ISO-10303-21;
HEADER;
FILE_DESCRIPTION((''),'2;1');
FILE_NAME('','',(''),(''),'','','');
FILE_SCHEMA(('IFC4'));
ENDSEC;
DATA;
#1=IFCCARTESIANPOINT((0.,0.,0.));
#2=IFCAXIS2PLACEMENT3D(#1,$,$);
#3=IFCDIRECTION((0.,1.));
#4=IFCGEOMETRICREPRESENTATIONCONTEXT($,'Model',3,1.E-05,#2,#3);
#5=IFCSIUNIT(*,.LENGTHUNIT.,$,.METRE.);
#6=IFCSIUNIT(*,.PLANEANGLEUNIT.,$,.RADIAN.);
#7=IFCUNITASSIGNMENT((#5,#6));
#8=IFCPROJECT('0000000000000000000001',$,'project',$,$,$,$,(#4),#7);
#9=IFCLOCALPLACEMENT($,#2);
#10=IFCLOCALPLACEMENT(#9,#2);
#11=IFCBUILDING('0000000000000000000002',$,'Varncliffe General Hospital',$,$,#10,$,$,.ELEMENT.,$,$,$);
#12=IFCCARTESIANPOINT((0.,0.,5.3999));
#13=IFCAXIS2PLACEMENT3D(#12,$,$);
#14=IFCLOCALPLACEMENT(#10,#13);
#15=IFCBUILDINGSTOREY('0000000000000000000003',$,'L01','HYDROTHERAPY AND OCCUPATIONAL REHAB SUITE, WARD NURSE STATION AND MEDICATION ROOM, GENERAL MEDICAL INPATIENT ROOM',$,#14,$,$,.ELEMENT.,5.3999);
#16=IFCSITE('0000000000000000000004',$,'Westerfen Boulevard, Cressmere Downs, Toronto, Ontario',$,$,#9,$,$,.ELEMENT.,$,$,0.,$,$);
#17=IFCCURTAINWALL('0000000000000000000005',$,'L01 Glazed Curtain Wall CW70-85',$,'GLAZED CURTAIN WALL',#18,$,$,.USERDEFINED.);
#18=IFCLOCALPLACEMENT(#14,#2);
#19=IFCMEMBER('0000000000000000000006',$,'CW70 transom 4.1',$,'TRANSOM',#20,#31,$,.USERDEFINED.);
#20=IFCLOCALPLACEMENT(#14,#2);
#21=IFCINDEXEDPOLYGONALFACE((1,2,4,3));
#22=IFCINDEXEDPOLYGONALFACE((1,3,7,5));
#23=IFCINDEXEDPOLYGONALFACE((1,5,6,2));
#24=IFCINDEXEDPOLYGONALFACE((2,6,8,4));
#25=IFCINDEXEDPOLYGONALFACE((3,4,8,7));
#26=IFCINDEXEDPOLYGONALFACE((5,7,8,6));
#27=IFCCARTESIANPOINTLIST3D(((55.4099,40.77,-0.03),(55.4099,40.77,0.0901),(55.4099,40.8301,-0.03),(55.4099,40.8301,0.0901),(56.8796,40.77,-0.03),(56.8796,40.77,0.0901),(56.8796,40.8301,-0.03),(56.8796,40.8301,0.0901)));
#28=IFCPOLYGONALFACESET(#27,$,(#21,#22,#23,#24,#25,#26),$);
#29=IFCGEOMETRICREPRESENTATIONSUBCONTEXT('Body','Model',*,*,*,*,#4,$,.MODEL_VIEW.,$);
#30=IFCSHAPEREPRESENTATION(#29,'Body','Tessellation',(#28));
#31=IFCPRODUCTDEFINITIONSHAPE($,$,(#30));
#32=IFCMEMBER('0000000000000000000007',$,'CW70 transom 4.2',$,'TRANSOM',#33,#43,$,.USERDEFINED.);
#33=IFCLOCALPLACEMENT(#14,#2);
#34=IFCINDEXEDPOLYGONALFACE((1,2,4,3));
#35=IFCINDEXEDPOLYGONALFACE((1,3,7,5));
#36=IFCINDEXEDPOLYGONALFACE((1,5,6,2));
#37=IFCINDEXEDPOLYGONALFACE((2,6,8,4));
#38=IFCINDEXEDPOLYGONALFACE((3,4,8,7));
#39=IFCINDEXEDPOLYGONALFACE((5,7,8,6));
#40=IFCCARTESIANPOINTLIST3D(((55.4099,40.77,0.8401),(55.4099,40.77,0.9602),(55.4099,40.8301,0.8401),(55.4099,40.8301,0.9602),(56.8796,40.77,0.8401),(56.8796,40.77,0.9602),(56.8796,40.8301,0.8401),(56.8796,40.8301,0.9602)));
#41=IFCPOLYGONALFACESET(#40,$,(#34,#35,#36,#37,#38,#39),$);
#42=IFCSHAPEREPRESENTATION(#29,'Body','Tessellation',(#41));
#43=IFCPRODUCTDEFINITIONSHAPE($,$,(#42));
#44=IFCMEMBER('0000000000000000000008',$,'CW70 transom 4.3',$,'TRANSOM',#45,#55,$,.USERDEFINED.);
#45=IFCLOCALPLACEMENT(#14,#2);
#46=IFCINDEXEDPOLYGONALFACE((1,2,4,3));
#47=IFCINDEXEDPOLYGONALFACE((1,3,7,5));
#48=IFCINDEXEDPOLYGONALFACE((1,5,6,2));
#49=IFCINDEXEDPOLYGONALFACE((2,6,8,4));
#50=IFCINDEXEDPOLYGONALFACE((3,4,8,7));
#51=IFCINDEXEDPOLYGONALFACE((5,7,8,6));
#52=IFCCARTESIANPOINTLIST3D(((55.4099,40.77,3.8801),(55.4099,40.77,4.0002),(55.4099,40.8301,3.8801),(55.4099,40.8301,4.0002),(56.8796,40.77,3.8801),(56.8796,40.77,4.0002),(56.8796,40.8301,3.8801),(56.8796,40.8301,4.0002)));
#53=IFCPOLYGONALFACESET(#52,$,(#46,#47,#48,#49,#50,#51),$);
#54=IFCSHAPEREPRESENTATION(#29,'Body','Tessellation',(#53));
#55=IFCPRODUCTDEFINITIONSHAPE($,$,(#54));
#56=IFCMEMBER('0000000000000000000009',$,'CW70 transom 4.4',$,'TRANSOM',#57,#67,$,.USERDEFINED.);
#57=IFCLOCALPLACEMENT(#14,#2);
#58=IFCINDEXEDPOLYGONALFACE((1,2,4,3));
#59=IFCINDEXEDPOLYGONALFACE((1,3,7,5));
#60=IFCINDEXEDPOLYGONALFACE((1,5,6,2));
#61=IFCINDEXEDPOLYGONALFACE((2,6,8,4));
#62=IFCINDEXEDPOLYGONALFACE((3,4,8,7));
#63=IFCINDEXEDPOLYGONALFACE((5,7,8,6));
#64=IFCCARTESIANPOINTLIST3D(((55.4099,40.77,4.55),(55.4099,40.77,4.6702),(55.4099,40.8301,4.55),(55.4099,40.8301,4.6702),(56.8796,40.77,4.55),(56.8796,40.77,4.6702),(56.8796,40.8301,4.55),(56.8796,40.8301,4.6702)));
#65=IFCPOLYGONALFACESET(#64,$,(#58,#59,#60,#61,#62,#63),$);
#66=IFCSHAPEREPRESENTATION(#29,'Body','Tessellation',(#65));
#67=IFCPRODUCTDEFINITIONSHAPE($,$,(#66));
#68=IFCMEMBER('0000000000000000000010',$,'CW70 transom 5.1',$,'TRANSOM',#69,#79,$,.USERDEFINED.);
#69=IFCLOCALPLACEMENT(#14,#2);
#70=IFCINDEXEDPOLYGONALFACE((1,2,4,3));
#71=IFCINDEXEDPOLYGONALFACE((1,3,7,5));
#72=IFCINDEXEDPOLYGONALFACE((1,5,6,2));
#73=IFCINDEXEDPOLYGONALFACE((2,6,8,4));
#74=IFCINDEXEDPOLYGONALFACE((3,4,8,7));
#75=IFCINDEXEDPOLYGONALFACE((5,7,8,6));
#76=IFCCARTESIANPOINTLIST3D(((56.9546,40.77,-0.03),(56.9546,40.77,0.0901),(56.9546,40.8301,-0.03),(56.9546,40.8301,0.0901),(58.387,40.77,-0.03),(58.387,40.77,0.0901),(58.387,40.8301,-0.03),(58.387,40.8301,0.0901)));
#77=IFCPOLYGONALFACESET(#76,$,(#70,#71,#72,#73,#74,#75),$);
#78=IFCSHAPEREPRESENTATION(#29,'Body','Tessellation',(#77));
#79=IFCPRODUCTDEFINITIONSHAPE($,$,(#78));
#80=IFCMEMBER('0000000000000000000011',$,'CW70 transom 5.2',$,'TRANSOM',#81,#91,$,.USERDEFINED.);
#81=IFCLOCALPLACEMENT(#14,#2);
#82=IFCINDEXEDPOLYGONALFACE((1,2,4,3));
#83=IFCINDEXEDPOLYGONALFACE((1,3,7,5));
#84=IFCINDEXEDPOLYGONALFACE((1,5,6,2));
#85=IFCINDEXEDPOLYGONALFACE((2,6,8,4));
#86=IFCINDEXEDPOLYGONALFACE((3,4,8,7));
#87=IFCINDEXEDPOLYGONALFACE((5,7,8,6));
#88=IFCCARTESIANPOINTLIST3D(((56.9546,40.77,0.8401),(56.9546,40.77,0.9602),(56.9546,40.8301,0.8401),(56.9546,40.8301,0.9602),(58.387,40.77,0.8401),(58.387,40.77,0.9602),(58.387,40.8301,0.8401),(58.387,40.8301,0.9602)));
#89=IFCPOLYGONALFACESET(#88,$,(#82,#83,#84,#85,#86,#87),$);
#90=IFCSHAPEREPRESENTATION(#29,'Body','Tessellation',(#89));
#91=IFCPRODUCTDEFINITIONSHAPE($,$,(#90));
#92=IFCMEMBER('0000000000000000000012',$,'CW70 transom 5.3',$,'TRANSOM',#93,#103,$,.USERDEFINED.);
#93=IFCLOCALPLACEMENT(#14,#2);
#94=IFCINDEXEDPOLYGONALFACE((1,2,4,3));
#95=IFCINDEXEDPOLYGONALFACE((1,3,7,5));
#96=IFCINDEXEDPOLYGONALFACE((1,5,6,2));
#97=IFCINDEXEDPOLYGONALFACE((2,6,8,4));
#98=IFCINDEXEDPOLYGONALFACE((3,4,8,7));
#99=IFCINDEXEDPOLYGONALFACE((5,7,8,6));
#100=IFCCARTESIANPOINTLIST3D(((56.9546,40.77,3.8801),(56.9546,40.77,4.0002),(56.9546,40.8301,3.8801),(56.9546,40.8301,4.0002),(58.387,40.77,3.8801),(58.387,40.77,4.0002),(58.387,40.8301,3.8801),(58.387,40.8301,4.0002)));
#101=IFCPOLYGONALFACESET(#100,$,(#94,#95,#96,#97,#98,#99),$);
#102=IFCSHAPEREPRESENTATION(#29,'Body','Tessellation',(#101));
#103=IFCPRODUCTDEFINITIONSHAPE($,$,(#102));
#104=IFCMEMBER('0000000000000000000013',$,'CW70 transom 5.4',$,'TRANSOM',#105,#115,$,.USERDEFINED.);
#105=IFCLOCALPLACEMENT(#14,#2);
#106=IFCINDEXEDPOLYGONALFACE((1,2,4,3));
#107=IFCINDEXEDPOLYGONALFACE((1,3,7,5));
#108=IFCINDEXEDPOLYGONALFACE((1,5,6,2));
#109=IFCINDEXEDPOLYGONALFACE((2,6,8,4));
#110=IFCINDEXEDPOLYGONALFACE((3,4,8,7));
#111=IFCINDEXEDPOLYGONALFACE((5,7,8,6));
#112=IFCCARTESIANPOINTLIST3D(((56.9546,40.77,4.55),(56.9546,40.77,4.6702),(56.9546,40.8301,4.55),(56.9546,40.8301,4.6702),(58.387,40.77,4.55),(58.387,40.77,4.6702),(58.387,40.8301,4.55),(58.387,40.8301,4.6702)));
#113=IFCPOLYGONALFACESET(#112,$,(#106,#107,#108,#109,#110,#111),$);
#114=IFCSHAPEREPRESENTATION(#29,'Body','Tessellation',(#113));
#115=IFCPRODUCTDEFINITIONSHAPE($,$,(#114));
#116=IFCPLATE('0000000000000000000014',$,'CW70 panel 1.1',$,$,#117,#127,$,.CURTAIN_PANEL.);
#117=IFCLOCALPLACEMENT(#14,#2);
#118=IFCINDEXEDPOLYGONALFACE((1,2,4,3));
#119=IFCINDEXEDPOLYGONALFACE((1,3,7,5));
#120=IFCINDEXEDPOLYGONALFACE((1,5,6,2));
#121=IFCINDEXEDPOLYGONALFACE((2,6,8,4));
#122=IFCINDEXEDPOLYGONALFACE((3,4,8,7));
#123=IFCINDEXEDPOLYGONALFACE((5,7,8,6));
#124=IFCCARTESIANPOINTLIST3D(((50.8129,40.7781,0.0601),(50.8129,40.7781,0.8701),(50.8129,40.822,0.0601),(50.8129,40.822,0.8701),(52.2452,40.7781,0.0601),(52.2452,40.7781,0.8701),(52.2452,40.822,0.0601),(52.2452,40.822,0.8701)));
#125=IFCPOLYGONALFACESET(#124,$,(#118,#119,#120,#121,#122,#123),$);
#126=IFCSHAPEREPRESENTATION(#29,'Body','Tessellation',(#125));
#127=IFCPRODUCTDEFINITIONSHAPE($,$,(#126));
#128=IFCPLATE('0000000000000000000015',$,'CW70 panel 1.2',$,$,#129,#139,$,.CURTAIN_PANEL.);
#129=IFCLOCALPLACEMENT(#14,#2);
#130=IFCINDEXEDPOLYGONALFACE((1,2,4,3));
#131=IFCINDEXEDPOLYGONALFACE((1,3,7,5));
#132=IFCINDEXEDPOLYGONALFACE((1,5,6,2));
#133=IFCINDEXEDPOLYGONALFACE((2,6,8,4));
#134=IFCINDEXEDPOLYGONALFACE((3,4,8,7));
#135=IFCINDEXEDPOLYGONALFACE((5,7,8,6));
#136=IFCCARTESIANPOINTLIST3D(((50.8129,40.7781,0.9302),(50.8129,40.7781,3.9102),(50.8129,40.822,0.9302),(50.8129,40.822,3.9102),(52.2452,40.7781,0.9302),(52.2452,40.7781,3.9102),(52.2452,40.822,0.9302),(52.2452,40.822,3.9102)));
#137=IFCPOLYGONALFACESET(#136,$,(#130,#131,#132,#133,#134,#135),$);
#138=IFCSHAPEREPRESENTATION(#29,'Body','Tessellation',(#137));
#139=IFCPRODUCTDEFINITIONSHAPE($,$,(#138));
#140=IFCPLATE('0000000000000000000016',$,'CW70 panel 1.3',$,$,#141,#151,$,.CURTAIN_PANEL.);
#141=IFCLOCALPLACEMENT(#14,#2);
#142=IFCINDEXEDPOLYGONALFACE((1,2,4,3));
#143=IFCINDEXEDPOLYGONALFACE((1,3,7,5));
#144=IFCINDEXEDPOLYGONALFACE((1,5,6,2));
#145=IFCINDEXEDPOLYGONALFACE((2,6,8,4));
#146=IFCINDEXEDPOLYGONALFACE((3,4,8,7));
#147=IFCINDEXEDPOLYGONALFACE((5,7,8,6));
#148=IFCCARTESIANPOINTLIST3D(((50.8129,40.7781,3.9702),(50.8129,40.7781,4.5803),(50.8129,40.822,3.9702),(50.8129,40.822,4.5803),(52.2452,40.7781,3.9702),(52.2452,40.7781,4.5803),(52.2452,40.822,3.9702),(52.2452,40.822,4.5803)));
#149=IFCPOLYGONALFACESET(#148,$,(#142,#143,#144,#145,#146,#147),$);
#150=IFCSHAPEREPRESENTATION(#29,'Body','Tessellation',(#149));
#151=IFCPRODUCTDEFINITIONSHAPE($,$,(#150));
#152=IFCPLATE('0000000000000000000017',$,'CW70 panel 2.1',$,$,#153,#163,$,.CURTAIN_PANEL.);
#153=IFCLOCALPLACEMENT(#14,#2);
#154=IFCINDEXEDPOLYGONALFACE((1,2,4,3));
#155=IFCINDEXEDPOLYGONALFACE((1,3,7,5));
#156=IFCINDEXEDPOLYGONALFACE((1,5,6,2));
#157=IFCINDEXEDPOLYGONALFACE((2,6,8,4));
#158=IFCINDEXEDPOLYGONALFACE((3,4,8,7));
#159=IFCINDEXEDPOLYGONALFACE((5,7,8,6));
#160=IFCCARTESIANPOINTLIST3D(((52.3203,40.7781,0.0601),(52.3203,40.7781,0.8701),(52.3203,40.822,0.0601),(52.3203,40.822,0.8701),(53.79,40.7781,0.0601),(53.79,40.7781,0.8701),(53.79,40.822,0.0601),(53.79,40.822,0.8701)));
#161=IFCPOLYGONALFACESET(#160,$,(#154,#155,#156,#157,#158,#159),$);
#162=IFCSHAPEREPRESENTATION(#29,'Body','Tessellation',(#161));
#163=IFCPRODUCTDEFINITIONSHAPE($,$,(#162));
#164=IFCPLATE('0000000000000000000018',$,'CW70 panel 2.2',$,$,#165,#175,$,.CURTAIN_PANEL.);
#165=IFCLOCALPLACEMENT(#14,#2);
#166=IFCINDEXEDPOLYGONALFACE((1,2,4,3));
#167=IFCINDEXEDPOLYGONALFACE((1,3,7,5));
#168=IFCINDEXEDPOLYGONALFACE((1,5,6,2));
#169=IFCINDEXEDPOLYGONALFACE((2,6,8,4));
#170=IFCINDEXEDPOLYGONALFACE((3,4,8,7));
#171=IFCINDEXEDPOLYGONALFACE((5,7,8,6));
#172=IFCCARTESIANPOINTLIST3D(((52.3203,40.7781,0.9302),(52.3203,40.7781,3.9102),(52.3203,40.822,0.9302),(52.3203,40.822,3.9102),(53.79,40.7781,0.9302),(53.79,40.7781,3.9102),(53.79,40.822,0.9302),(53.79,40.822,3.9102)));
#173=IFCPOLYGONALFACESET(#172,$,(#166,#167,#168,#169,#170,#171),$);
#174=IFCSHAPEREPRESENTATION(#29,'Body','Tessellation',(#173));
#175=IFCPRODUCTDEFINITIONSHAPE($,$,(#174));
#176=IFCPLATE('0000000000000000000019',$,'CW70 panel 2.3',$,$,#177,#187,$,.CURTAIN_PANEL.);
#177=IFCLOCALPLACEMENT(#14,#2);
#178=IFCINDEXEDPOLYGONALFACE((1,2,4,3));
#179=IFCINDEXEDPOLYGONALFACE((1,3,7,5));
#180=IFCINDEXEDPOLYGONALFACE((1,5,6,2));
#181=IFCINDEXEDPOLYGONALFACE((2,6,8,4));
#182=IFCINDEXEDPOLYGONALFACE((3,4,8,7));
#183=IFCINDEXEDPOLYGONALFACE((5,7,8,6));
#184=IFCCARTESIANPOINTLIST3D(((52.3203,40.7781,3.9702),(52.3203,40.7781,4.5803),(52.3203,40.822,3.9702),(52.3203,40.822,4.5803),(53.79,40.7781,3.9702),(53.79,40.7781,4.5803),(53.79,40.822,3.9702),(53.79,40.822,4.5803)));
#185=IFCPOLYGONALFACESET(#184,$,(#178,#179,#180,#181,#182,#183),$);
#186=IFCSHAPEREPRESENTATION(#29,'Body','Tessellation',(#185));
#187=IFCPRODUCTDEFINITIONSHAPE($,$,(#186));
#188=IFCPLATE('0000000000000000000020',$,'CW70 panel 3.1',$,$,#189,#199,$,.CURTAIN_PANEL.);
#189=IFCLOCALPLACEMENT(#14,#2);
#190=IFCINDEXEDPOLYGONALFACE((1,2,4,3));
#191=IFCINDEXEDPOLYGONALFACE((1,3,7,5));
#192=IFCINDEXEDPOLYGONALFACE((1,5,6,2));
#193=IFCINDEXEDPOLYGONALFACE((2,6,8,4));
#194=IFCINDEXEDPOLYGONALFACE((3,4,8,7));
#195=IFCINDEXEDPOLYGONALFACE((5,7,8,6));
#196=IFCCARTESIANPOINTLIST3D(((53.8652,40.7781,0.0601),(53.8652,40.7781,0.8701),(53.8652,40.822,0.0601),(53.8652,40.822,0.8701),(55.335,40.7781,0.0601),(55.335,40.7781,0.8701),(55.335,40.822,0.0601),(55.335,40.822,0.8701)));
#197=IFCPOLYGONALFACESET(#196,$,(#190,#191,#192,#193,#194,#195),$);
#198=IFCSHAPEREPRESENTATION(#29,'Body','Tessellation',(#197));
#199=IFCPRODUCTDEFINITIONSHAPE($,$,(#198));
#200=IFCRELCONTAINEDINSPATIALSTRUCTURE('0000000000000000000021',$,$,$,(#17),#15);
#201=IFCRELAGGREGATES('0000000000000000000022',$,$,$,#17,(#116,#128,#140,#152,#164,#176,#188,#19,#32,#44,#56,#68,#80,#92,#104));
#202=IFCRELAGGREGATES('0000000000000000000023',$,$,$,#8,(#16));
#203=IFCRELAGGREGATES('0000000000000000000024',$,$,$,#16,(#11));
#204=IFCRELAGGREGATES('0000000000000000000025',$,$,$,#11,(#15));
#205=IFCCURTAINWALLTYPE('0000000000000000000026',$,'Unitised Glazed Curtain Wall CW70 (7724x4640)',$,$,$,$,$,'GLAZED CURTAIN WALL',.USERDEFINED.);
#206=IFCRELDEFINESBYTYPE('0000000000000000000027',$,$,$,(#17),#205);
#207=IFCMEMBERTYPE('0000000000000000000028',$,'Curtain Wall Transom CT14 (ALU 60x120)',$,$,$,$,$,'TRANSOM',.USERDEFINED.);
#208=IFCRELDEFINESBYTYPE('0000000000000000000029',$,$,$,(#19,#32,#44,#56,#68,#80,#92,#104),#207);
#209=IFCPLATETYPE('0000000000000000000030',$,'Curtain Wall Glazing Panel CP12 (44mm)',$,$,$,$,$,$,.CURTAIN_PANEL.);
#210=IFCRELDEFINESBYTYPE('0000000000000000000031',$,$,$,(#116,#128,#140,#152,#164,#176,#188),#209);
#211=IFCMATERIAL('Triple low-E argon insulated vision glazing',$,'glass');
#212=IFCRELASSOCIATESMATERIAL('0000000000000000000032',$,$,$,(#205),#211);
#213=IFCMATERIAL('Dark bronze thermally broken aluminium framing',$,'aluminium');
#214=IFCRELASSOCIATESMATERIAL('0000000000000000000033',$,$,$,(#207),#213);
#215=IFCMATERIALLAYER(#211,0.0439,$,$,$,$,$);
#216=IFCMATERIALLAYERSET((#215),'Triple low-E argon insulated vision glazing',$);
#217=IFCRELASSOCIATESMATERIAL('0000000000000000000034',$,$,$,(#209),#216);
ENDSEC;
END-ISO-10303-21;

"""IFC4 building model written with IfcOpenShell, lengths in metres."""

from ifc_helpers import new_model, si_unit, direction, frame, origin, origin_2d, place, context, subcontext, project, spatial, rectangle, extrude, material, layer, layer_set, material_profile, profile_set, type_object, element, aggregate, save


model = new_model("IFC4")

# Units and contexts
model_context = context("Model", 3, precision=1e-05, world=origin(), true_north=direction((0.0, 1.0)))
body_context = subcontext(model_context, "Body", "Model", "MODEL_VIEW")
ifc_project = project(units=[si_unit("LENGTHUNIT", "METRE"), si_unit("PLANEANGLEUNIT", "RADIAN")], contexts=[model_context])

# Site, building, storey
site_placement = place(None, origin())
site = spatial("IfcSite", under=ifc_project, at=site_placement, Name="Westerfen Boulevard, Cressmere Downs, Toronto, Ontario", CompositionType="ELEMENT", RefElevation=0.0)
building_placement = place(site_placement, origin())
building = spatial("IfcBuilding", under=site, at=building_placement, Name="Varncliffe General Hospital", CompositionType="ELEMENT")
storey_placement = place(building_placement, frame((0.0, 0.0, 5.3999)))
storey = spatial("IfcBuildingStorey", under=building, at=storey_placement, Name="L01", Description="HYDROTHERAPY AND OCCUPATIONAL REHAB SUITE, WARD NURSE STATION AND MEDICATION ROOM, GENERAL MEDICAL INPATIENT ROOM", CompositionType="ELEMENT", Elevation=5.3999)

# Curtain wall, members, plates
ifc_material_1 = material(Name="Triple low-E argon insulated vision glazing", Category="glass")
curtain_wall_type = type_object("IfcCurtainWallType", Name="Unitised Glazed Curtain Wall CW70 (7724x4640)", ElementType="GLAZED CURTAIN WALL", PredefinedType="USERDEFINED", material=ifc_material_1)
curtain_wall_placement = place(storey_placement, origin())
curtain_wall = element("IfcCurtainWall", 1, at=curtain_wall_placement, inside=storey, type_object=curtain_wall_type, Name="L01 Glazed Curtain Wall CW70-85", ObjectType="GLAZED CURTAIN WALL", PredefinedType="USERDEFINED")
ifc_material_2 = material(Name="Dark bronze thermally broken aluminium framing", Category="aluminium")
ifc_material_profile_1 = material_profile(ifc_material_2, rectangle(XDim=0.0601, YDim=0.1201, at=origin_2d()), Name="ALU 60x120")
ifc_profile_set_1 = profile_set([ifc_material_profile_1], Name="Dark bronze thermally broken aluminium framing")
member_type_1 = type_object("IfcMemberType", Name="Curtain Wall Transom CT14 (ALU 60x120)", ElementType="TRANSOM", PredefinedType="USERDEFINED", material=ifc_profile_set_1)
member_1_placement = place(storey_placement, frame((55.4099, 40.8, 0.03), z_axis=(1.0, 0.0, 0.0), x_axis=(0.0, 1.0, 0.0)))
member_1 = element("IfcMember", 2, at=member_1_placement, type_object=member_type_1, Name="CW70 transom 4.1", ObjectType="TRANSOM", PredefinedType="USERDEFINED", context=body_context, shape_type="SweptSolid", body=[
    extrude(rectangle(XDim=0.0601, YDim=0.1201, at=origin_2d()), origin(), (0.0, 0.0, 1.0), 1.4697),
])
member_2_placement = place(storey_placement, frame((55.4099, 40.8, 0.9001), z_axis=(1.0, 0.0, 0.0), x_axis=(0.0, 1.0, 0.0)))
member_2 = element("IfcMember", 3, at=member_2_placement, type_object=member_type_1, Name="CW70 transom 4.2", ObjectType="TRANSOM", PredefinedType="USERDEFINED", context=body_context, shape_type="SweptSolid", body=[
    extrude(rectangle(XDim=0.0601, YDim=0.1201, at=origin_2d()), origin(), (0.0, 0.0, 1.0), 1.4697),
])
member_3_placement = place(storey_placement, frame((55.4099, 40.8, 3.9402), z_axis=(1.0, 0.0, 0.0), x_axis=(0.0, 1.0, 0.0)))
member_3 = element("IfcMember", 4, at=member_3_placement, type_object=member_type_1, Name="CW70 transom 4.3", ObjectType="TRANSOM", PredefinedType="USERDEFINED", context=body_context, shape_type="SweptSolid", body=[
    extrude(rectangle(XDim=0.0601, YDim=0.1201, at=origin_2d()), origin(), (0.0, 0.0, 1.0), 1.4697),
])
member_4_placement = place(storey_placement, frame((55.4099, 40.8, 4.6101), z_axis=(1.0, 0.0, 0.0), x_axis=(0.0, 1.0, 0.0)))
member_4 = element("IfcMember", 5, at=member_4_placement, type_object=member_type_1, Name="CW70 transom 4.4", ObjectType="TRANSOM", PredefinedType="USERDEFINED", context=body_context, shape_type="SweptSolid", body=[
    extrude(rectangle(XDim=0.0601, YDim=0.1201, at=origin_2d()), origin(), (0.0, 0.0, 1.0), 1.4697),
])
member_5_placement = place(storey_placement, frame((56.9546, 40.8, 0.03), z_axis=(1.0, 0.0, 0.0), x_axis=(0.0, 1.0, 0.0)))
member_5 = element("IfcMember", 6, at=member_5_placement, type_object=member_type_1, Name="CW70 transom 5.1", ObjectType="TRANSOM", PredefinedType="USERDEFINED", context=body_context, shape_type="SweptSolid", body=[
    extrude(rectangle(XDim=0.0601, YDim=0.1201, at=origin_2d()), origin(), (0.0, 0.0, 1.0), 1.4324),
])
member_6_placement = place(storey_placement, frame((56.9546, 40.8, 0.9001), z_axis=(1.0, 0.0, 0.0), x_axis=(0.0, 1.0, 0.0)))
member_6 = element("IfcMember", 7, at=member_6_placement, type_object=member_type_1, Name="CW70 transom 5.2", ObjectType="TRANSOM", PredefinedType="USERDEFINED", context=body_context, shape_type="SweptSolid", body=[
    extrude(rectangle(XDim=0.0601, YDim=0.1201, at=origin_2d()), origin(), (0.0, 0.0, 1.0), 1.4324),
])
member_7_placement = place(storey_placement, frame((56.9546, 40.8, 3.9402), z_axis=(1.0, 0.0, 0.0), x_axis=(0.0, 1.0, 0.0)))
member_7 = element("IfcMember", 8, at=member_7_placement, type_object=member_type_1, Name="CW70 transom 5.3", ObjectType="TRANSOM", PredefinedType="USERDEFINED", context=body_context, shape_type="SweptSolid", body=[
    extrude(rectangle(XDim=0.0601, YDim=0.1201, at=origin_2d()), origin(), (0.0, 0.0, 1.0), 1.4324),
])
member_8_placement = place(storey_placement, frame((56.9546, 40.8, 4.6101), z_axis=(1.0, 0.0, 0.0), x_axis=(0.0, 1.0, 0.0)))
member_8 = element("IfcMember", 9, at=member_8_placement, type_object=member_type_1, Name="CW70 transom 5.4", ObjectType="TRANSOM", PredefinedType="USERDEFINED", context=body_context, shape_type="SweptSolid", body=[
    extrude(rectangle(XDim=0.0601, YDim=0.1201, at=origin_2d()), origin(), (0.0, 0.0, 1.0), 1.4324),
])
ifc_layer = layer(ifc_material_1, 0.0439)
ifc_layer_set = layer_set([ifc_layer], Name="Triple low-E argon insulated vision glazing")
plate_type = type_object("IfcPlateType", Name="Curtain Wall Glazing Panel CP12 (44mm)", PredefinedType="CURTAIN_PANEL", material=ifc_layer_set)
plate_1_placement = place(storey_placement, frame((51.5291, 40.8, 0.0601), z_axis=(0.0, 0.0, 1.0), x_axis=(1.0, 0.0, 0.0)))
plate_1 = element("IfcPlate", 10, at=plate_1_placement, type_object=plate_type, Name="CW70 panel 1.1", PredefinedType="CURTAIN_PANEL", context=body_context, shape_type="SweptSolid", body=[
    extrude(rectangle(XDim=1.4324, YDim=0.0439, at=origin_2d()), origin(), (0.0, 0.0, 1.0), 0.8101),
])
plate_2_placement = place(storey_placement, frame((51.5291, 40.8, 0.9302), z_axis=(0.0, 0.0, 1.0), x_axis=(1.0, 0.0, 0.0)))
plate_2 = element("IfcPlate", 11, at=plate_2_placement, type_object=plate_type, Name="CW70 panel 1.2", PredefinedType="CURTAIN_PANEL", context=body_context, shape_type="SweptSolid", body=[
    extrude(rectangle(XDim=1.4324, YDim=0.0439, at=origin_2d()), origin(), (0.0, 0.0, 1.0), 2.98),
])
plate_3_placement = place(storey_placement, frame((51.5291, 40.8, 3.9702), z_axis=(0.0, 0.0, 1.0), x_axis=(1.0, 0.0, 0.0)))
plate_3 = element("IfcPlate", 12, at=plate_3_placement, type_object=plate_type, Name="CW70 panel 1.3", PredefinedType="CURTAIN_PANEL", context=body_context, shape_type="SweptSolid", body=[
    extrude(rectangle(XDim=1.4324, YDim=0.0439, at=origin_2d()), origin(), (0.0, 0.0, 1.0), 0.6101),
])
plate_4_placement = place(storey_placement, frame((53.0552, 40.8, 0.0601), z_axis=(0.0, 0.0, 1.0), x_axis=(1.0, 0.0, 0.0)))
plate_4 = element("IfcPlate", 13, at=plate_4_placement, type_object=plate_type, Name="CW70 panel 2.1", PredefinedType="CURTAIN_PANEL", context=body_context, shape_type="SweptSolid", body=[
    extrude(rectangle(XDim=1.4697, YDim=0.0439, at=origin_2d()), origin(), (0.0, 0.0, 1.0), 0.8101),
])
plate_5_placement = place(storey_placement, frame((53.0552, 40.8, 0.9302), z_axis=(0.0, 0.0, 1.0), x_axis=(1.0, 0.0, 0.0)))
plate_5 = element("IfcPlate", 14, at=plate_5_placement, type_object=plate_type, Name="CW70 panel 2.2", PredefinedType="CURTAIN_PANEL", context=body_context, shape_type="SweptSolid", body=[
    extrude(rectangle(XDim=1.4697, YDim=0.0439, at=origin_2d()), origin(), (0.0, 0.0, 1.0), 2.98),
])
plate_6_placement = place(storey_placement, frame((53.0552, 40.8, 3.9702), z_axis=(0.0, 0.0, 1.0), x_axis=(1.0, 0.0, 0.0)))
plate_6 = element("IfcPlate", 15, at=plate_6_placement, type_object=plate_type, Name="CW70 panel 2.3", PredefinedType="CURTAIN_PANEL", context=body_context, shape_type="SweptSolid", body=[
    extrude(rectangle(XDim=1.4697, YDim=0.0439, at=origin_2d()), origin(), (0.0, 0.0, 1.0), 0.6101),
])
plate_7_placement = place(storey_placement, frame((54.6001, 40.8, 0.0601), z_axis=(0.0, 0.0, 1.0), x_axis=(1.0, 0.0, 0.0)))
plate_7 = element("IfcPlate", 16, at=plate_7_placement, type_object=plate_type, Name="CW70 panel 3.1", PredefinedType="CURTAIN_PANEL", context=body_context, shape_type="SweptSolid", body=[
    extrude(rectangle(XDim=1.4697, YDim=0.0439, at=origin_2d()), origin(), (0.0, 0.0, 1.0), 0.8101),
])
aggregate(curtain_wall, [plate_1, plate_2, plate_3, plate_4, plate_5, plate_6, plate_7, member_1, member_2, member_3, member_4, member_5, member_6, member_7, member_8])

save(model, "model.ifc")
